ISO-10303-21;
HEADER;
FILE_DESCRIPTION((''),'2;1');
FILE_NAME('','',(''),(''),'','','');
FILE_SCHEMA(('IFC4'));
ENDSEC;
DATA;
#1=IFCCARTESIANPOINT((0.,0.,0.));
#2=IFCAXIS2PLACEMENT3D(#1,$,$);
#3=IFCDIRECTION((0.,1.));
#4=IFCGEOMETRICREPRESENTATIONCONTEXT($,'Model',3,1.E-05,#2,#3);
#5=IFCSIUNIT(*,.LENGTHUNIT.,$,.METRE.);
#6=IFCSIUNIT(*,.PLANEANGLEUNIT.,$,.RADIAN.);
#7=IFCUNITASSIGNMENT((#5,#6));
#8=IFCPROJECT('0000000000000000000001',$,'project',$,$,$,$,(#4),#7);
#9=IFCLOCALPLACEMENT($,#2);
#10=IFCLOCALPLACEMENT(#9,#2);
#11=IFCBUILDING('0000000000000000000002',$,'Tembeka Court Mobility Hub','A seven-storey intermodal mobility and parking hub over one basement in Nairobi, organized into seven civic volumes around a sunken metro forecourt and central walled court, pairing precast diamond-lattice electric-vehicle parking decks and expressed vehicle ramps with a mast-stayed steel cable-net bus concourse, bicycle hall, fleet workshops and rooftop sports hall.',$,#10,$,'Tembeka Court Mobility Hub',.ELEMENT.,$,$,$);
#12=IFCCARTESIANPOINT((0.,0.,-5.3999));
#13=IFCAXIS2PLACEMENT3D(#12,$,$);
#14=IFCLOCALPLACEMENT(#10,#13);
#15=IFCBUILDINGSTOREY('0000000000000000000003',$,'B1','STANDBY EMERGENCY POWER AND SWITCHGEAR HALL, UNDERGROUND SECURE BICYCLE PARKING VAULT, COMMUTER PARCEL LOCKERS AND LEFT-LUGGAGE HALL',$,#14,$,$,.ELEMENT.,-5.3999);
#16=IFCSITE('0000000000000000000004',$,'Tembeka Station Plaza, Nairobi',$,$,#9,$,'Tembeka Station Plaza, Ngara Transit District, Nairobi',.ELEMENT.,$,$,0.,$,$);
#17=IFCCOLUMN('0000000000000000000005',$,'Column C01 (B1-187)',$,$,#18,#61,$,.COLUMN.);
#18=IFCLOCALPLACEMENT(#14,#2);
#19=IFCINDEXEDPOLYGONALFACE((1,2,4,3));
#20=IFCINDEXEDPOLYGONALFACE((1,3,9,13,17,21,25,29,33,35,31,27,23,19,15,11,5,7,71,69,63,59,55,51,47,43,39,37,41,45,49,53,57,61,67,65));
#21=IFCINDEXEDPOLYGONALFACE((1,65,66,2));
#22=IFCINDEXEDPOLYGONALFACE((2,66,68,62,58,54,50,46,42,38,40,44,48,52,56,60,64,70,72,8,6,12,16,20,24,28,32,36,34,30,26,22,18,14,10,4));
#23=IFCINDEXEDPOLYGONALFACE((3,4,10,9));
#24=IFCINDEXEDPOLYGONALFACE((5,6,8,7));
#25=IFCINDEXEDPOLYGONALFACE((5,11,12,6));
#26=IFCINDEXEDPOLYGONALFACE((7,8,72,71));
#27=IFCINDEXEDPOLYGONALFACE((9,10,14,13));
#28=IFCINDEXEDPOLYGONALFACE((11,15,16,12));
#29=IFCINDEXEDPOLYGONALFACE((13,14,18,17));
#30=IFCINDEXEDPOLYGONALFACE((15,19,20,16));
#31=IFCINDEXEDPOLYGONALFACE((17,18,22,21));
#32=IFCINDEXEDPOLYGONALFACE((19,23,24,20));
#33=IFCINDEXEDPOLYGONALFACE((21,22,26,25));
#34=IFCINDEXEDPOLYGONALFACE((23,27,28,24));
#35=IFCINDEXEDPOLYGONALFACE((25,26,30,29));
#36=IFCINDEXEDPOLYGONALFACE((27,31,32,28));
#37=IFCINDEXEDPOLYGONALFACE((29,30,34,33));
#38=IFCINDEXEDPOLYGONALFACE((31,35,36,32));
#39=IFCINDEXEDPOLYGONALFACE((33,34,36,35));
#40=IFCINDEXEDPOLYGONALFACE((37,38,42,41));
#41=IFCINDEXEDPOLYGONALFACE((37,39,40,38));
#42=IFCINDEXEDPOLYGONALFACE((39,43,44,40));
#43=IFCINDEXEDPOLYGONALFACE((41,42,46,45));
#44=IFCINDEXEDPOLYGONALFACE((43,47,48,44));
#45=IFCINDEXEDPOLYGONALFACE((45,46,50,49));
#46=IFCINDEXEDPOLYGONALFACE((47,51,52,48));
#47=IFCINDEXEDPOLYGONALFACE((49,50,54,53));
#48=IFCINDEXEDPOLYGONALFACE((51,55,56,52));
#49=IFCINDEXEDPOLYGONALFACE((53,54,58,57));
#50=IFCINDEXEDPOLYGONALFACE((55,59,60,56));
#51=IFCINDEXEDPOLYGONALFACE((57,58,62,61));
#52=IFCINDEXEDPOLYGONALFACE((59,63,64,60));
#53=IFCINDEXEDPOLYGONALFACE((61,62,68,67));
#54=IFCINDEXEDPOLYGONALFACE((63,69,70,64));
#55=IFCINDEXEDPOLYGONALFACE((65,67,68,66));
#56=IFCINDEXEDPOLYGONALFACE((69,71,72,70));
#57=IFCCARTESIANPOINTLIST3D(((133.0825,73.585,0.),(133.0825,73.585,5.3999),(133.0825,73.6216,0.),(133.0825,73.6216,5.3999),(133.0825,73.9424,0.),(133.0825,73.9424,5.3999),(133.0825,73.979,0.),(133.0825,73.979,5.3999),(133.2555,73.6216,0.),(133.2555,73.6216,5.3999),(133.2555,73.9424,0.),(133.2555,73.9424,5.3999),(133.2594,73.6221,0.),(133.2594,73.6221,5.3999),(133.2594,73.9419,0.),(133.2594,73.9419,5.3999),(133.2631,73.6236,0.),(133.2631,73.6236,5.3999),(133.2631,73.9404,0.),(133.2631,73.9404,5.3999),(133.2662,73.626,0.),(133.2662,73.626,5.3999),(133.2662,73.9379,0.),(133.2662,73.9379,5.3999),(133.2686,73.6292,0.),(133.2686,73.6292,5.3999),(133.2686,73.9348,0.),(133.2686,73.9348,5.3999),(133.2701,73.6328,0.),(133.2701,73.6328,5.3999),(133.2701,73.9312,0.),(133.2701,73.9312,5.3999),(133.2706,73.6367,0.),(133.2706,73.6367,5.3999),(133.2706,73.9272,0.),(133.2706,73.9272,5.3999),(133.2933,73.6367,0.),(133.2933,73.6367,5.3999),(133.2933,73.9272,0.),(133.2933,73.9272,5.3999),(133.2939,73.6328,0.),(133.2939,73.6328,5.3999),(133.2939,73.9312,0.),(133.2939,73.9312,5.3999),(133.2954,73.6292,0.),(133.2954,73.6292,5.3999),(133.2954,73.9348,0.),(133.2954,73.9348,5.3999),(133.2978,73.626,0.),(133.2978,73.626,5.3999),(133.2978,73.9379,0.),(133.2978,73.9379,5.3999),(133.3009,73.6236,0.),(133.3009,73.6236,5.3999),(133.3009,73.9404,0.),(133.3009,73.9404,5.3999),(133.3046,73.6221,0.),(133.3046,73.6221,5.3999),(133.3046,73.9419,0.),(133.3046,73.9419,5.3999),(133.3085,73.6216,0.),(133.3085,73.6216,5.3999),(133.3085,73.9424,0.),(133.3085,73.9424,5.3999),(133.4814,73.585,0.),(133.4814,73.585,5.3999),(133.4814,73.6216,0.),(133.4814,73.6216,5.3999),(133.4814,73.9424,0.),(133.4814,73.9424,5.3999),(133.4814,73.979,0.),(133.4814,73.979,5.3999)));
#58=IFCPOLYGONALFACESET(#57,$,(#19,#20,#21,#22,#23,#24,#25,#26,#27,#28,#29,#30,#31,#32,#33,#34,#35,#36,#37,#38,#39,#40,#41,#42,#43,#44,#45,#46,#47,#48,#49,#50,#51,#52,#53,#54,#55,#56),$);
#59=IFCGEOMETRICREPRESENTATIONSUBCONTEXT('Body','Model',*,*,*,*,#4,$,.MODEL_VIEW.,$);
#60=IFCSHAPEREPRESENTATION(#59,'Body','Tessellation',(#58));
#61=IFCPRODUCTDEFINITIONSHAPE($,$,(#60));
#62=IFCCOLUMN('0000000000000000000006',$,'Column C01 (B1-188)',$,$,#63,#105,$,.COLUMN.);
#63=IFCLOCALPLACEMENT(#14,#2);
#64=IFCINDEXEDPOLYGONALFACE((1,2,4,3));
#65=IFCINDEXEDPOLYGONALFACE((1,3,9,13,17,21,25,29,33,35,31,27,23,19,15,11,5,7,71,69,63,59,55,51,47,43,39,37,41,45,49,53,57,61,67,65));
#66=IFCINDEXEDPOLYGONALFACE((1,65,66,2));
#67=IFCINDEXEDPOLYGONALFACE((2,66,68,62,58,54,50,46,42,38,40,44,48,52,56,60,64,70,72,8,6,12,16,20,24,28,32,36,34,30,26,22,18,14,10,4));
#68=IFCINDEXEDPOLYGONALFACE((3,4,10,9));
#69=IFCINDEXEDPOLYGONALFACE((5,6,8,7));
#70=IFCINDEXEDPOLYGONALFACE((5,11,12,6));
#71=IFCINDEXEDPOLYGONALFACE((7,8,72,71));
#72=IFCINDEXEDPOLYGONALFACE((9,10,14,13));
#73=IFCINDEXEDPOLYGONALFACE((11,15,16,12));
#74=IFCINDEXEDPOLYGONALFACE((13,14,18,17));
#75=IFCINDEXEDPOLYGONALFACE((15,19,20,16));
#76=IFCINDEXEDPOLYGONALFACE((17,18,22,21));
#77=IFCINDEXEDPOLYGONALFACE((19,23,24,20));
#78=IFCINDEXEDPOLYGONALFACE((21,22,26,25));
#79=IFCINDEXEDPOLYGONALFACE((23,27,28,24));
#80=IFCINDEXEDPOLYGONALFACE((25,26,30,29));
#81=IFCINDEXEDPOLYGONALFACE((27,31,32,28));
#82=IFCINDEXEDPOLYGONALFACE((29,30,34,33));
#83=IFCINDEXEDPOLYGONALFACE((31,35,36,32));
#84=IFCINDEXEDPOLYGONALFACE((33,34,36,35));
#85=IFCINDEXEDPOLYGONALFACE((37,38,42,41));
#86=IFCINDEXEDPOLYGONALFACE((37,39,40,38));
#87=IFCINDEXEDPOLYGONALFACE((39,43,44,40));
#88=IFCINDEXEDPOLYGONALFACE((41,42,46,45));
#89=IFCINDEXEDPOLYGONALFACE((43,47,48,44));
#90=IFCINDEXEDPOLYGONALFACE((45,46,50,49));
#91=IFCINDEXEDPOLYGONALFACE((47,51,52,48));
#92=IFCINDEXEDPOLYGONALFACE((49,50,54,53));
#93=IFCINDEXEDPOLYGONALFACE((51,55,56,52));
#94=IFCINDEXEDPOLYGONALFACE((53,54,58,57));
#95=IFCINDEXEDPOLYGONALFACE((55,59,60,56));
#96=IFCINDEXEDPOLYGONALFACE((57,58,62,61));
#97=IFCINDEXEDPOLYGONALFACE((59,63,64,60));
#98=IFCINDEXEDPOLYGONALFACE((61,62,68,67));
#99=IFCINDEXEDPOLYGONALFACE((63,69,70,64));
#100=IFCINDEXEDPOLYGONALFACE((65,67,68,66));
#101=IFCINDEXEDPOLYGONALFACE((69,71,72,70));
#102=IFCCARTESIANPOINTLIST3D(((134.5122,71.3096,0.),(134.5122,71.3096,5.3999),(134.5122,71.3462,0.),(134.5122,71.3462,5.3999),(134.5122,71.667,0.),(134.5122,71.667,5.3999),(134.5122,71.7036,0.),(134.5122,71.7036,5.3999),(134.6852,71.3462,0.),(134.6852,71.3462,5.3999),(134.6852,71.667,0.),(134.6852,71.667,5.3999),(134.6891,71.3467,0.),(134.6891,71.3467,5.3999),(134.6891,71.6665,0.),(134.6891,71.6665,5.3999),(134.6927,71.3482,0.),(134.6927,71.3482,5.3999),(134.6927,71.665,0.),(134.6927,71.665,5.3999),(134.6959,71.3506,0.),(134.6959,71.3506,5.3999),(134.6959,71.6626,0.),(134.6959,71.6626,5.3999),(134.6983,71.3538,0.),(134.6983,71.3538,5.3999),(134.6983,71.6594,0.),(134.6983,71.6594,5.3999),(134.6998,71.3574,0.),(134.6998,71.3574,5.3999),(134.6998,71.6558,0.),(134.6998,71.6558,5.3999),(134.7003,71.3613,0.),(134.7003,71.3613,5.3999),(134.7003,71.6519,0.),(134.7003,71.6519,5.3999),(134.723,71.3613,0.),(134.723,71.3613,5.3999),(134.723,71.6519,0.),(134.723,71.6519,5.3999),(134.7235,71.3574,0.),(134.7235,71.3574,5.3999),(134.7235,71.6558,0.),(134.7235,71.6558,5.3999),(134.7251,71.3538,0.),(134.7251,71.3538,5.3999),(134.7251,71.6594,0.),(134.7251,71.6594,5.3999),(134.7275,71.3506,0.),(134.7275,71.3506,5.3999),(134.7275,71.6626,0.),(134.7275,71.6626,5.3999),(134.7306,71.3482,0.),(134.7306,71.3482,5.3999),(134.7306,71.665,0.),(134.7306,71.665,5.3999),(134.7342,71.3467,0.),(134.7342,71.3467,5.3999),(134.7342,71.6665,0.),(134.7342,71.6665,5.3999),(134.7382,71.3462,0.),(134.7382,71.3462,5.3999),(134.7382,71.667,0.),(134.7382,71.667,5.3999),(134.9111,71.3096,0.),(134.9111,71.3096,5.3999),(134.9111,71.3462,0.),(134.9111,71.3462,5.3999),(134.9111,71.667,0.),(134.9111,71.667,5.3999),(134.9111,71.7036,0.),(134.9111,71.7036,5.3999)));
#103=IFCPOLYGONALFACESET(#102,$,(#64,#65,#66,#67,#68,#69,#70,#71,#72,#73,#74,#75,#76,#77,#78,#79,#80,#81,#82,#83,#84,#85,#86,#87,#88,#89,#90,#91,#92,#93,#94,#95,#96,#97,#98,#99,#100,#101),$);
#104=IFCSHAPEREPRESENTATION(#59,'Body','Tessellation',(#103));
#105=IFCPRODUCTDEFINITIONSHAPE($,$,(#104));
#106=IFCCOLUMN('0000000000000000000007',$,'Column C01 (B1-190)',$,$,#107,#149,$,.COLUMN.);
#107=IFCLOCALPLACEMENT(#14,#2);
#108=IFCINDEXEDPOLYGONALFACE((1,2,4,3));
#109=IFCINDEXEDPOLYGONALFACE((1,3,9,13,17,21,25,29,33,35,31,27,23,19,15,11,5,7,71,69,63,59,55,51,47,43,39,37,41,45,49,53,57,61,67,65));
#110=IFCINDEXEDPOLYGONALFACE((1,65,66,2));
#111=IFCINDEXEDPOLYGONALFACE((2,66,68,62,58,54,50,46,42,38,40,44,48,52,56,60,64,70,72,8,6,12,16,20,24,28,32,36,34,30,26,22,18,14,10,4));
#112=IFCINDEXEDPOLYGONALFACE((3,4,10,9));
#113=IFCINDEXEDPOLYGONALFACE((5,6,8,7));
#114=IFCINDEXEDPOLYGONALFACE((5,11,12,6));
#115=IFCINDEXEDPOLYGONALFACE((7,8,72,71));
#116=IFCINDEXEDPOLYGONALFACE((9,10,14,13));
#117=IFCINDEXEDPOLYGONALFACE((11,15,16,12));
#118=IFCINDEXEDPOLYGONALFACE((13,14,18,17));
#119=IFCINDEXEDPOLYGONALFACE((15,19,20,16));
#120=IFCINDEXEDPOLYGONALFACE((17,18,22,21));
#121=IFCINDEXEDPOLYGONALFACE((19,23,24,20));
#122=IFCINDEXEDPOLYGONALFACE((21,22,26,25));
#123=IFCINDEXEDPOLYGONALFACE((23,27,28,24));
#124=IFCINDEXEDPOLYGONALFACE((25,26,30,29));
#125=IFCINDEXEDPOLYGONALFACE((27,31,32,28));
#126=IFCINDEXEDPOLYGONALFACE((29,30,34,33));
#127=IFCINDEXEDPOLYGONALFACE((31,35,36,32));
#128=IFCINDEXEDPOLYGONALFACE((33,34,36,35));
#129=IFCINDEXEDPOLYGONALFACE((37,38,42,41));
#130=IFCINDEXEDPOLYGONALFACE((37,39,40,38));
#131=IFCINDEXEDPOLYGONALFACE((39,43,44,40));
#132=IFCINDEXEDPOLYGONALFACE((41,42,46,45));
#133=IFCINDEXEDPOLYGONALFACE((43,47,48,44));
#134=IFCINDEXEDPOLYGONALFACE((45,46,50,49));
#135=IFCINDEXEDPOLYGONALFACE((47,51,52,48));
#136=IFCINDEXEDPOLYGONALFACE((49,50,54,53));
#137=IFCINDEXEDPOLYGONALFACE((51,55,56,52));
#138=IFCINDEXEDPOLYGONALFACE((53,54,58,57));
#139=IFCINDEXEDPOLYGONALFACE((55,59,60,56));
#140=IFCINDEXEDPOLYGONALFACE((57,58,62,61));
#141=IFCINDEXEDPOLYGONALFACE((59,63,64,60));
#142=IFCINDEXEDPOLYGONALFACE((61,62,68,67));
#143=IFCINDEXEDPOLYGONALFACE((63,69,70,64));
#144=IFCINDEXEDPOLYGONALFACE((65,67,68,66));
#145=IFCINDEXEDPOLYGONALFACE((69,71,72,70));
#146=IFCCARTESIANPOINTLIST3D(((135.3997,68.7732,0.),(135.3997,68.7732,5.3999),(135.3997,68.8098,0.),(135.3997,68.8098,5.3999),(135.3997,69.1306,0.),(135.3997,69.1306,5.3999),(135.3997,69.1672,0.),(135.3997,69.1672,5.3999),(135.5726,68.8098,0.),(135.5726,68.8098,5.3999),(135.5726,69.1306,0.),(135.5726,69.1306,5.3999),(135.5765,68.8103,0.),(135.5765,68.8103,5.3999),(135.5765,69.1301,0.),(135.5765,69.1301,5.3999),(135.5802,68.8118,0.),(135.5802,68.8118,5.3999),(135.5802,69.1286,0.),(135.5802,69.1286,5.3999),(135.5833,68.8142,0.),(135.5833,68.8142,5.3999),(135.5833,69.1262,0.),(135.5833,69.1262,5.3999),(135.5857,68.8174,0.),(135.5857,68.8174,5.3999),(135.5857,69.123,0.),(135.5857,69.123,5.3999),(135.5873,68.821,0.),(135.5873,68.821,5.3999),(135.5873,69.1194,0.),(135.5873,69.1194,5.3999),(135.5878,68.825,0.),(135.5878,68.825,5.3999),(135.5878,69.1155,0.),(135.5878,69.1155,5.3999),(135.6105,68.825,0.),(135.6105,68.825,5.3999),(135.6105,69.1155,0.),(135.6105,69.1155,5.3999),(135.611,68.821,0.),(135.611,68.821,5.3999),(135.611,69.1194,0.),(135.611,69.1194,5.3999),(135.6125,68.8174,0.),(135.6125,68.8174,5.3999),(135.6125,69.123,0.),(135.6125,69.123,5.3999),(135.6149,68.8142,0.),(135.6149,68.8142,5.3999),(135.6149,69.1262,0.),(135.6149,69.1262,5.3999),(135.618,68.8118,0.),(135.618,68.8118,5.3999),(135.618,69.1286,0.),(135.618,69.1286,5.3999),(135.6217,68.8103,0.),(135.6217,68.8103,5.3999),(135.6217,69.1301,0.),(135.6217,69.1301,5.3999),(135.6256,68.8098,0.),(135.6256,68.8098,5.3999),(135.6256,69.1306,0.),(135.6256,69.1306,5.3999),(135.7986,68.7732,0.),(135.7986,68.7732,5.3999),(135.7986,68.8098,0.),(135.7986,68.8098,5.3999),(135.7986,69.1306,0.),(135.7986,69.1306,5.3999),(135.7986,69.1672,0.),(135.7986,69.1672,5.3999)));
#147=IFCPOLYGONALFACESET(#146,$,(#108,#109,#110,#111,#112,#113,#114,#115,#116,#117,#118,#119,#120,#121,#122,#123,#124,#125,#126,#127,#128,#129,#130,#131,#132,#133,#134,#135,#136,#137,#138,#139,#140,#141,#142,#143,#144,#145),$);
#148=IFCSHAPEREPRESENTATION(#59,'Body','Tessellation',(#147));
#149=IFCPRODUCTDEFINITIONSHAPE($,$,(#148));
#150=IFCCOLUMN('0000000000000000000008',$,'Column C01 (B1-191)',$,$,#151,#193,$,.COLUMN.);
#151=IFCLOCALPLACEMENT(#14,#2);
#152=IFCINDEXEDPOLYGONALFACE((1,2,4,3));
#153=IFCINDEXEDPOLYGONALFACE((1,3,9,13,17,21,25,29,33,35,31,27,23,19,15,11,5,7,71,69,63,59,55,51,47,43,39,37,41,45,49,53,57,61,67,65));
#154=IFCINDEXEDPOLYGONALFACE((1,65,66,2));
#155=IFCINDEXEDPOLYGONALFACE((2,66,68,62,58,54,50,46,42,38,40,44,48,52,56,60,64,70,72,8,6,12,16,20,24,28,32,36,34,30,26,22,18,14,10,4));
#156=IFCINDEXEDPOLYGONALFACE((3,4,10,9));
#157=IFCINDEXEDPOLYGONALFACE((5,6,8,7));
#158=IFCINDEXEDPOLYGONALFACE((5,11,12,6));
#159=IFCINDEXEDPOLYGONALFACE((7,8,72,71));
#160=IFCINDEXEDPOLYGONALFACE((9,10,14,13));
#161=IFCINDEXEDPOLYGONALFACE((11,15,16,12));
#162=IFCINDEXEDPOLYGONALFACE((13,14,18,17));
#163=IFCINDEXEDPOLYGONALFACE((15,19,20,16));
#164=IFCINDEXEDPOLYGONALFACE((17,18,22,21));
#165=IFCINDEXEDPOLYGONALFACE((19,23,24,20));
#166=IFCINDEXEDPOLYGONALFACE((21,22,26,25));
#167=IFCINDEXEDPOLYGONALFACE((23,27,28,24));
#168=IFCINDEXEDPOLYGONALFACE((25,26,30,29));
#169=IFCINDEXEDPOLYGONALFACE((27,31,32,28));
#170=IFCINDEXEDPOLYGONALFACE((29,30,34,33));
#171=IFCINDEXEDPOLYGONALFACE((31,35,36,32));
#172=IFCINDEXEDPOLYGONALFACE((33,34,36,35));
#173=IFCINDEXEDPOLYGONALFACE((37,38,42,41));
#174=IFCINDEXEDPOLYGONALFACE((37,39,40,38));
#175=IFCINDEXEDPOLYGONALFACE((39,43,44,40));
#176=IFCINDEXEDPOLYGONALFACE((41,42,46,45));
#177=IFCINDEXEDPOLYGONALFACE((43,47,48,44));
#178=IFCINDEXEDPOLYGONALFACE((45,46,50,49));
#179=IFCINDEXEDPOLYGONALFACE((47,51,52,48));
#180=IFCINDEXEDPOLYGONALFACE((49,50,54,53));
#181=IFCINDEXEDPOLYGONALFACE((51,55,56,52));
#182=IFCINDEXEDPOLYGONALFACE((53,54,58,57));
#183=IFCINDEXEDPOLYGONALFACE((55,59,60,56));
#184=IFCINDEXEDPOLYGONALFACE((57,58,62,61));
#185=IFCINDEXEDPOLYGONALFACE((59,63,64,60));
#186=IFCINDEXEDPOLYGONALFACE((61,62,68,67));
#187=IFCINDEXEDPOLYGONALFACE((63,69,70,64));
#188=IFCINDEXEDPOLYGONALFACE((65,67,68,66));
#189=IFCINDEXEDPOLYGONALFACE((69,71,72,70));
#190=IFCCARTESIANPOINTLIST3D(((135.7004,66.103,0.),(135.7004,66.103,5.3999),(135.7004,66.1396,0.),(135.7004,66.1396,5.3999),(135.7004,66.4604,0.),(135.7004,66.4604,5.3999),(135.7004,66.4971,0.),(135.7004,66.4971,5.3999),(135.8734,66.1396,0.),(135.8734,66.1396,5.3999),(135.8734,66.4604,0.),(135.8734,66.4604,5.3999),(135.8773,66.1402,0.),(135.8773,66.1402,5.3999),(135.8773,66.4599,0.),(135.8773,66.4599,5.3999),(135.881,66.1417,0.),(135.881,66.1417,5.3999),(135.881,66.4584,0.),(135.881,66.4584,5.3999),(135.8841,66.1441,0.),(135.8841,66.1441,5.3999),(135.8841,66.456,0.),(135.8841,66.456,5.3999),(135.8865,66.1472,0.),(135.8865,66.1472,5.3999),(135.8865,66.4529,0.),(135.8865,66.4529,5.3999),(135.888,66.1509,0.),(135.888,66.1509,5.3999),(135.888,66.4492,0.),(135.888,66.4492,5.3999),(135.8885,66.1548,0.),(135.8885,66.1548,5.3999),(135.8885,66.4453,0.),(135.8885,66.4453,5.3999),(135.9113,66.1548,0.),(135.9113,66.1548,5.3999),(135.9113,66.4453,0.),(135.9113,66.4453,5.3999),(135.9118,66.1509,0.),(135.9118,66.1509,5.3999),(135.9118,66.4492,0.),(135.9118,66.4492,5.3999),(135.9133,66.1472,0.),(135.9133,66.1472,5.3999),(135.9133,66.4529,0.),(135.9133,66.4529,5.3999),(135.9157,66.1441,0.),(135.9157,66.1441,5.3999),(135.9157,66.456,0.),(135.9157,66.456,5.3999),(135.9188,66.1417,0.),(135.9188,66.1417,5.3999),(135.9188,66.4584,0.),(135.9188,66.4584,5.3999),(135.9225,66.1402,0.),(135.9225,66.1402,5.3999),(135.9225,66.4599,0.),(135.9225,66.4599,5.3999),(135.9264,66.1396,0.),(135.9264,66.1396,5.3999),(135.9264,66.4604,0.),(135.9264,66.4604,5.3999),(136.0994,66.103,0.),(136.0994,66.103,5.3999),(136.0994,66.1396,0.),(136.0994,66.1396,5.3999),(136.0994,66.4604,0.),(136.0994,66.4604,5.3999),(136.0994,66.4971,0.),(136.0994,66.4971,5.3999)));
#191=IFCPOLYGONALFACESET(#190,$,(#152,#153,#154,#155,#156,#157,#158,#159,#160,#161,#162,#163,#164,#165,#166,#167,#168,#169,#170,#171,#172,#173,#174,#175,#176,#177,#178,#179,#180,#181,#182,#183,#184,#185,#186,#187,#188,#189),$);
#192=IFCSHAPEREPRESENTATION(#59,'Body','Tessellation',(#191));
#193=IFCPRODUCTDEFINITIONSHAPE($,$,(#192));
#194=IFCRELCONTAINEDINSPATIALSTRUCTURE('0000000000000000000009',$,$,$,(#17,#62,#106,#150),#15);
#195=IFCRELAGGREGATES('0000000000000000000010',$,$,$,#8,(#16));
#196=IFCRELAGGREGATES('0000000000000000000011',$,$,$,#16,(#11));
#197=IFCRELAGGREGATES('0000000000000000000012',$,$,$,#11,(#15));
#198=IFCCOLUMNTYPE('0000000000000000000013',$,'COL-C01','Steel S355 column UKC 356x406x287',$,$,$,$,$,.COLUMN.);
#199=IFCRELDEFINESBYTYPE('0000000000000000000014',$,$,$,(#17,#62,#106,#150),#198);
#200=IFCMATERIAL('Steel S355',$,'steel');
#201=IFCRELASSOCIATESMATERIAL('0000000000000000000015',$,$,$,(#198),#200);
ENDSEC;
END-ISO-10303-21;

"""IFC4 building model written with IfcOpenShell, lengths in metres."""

from ifc_helpers import new_model, si_unit, direction, frame, origin, origin_2d, place, context, subcontext, project, spatial, i_section, extrude, material, material_profile, profile_set, type_object, element, save


model = new_model("IFC4")

# Units and contexts
model_context = context("Model", 3, precision=1e-05, world=origin(), true_north=direction((0.0, 1.0)))
body_context = subcontext(model_context, "Body", "Model", "MODEL_VIEW")
ifc_project = project(units=[si_unit("LENGTHUNIT", "METRE"), si_unit("PLANEANGLEUNIT", "RADIAN")], contexts=[model_context])

# Site, building, storey
site_placement = place(None, origin())
site = spatial("IfcSite", under=ifc_project, at=site_placement, Name="Tembeka Station Plaza, Nairobi", LongName="Tembeka Station Plaza, Ngara Transit District, Nairobi", CompositionType="ELEMENT", RefElevation=0.0)
building_placement = place(site_placement, origin())
building = spatial("IfcBuilding", under=site, at=building_placement, Name="Tembeka Court Mobility Hub", Description="A seven-storey intermodal mobility and parking hub over one basement in Nairobi, organized into seven civic volumes around a sunken metro forecourt and central walled court, pairing precast diamond-lattice electric-vehicle parking decks and expressed vehicle ramps with a mast-stayed steel cable-net bus concourse, bicycle hall, fleet workshops and rooftop sports hall.", LongName="Tembeka Court Mobility Hub", CompositionType="ELEMENT")
storey_placement = place(building_placement, frame((0.0, 0.0, -5.3999)))
storey = spatial("IfcBuildingStorey", under=building, at=storey_placement, Name="B1", Description="STANDBY EMERGENCY POWER AND SWITCHGEAR HALL, UNDERGROUND SECURE BICYCLE PARKING VAULT, COMMUTER PARCEL LOCKERS AND LEFT-LUGGAGE HALL", CompositionType="ELEMENT", Elevation=-5.3999)

# Columns
ifc_material_1 = material(Name="Steel S355", Category="steel")
ifc_material_profile_1 = material_profile(ifc_material_1, i_section(OverallWidth=0.3989, OverallDepth=0.394, WebThickness=0.0227, FlangeThickness=0.0366, FilletRadius=0.0151, at=origin_2d()), Name="UKC 356x406x287")
ifc_profile_set_1 = profile_set([ifc_material_profile_1], Name="Steel S355")
column_type_1 = type_object("IfcColumnType", Name="COL-C01", Description="Steel S355 column UKC 356x406x287", PredefinedType="COLUMN", material=ifc_profile_set_1)
for number, where, z_axis, x_axis, name in (
    (1, (133.282, 73.782, 0.0), (0.0, 0.0, 1.0), (1.0, 0.0, 0.0), "Column C01 (B1-187)"),
    (2, (134.7117, 71.5066, 0.0), (0.0, 0.0, 1.0), (1.0, 0.0, 0.0), "Column C01 (B1-188)"),
    (3, (135.5991, 68.9702, 0.0), (0.0, 0.0, 1.0), (1.0, 0.0, 0.0), "Column C01 (B1-190)"),
    (4, (135.8999, 66.3, 0.0), (0.0, 0.0, 1.0), (1.0, 0.0, 0.0), "Column C01 (B1-191)"),
):
    element("IfcColumn", number, at=place(storey_placement, frame(where, z_axis=z_axis, x_axis=x_axis)), inside=storey, type_object=column_type_1, Name=name, PredefinedType="COLUMN", context=body_context, shape_type="SweptSolid", body=[
        extrude(i_section(OverallWidth=0.3989, OverallDepth=0.394, WebThickness=0.0227, FlangeThickness=0.0366, FilletRadius=0.0151, at=origin_2d()), origin(), (0.0, 0.0, 1.0), 5.3999),
    ])

save(model, "model.ifc")
